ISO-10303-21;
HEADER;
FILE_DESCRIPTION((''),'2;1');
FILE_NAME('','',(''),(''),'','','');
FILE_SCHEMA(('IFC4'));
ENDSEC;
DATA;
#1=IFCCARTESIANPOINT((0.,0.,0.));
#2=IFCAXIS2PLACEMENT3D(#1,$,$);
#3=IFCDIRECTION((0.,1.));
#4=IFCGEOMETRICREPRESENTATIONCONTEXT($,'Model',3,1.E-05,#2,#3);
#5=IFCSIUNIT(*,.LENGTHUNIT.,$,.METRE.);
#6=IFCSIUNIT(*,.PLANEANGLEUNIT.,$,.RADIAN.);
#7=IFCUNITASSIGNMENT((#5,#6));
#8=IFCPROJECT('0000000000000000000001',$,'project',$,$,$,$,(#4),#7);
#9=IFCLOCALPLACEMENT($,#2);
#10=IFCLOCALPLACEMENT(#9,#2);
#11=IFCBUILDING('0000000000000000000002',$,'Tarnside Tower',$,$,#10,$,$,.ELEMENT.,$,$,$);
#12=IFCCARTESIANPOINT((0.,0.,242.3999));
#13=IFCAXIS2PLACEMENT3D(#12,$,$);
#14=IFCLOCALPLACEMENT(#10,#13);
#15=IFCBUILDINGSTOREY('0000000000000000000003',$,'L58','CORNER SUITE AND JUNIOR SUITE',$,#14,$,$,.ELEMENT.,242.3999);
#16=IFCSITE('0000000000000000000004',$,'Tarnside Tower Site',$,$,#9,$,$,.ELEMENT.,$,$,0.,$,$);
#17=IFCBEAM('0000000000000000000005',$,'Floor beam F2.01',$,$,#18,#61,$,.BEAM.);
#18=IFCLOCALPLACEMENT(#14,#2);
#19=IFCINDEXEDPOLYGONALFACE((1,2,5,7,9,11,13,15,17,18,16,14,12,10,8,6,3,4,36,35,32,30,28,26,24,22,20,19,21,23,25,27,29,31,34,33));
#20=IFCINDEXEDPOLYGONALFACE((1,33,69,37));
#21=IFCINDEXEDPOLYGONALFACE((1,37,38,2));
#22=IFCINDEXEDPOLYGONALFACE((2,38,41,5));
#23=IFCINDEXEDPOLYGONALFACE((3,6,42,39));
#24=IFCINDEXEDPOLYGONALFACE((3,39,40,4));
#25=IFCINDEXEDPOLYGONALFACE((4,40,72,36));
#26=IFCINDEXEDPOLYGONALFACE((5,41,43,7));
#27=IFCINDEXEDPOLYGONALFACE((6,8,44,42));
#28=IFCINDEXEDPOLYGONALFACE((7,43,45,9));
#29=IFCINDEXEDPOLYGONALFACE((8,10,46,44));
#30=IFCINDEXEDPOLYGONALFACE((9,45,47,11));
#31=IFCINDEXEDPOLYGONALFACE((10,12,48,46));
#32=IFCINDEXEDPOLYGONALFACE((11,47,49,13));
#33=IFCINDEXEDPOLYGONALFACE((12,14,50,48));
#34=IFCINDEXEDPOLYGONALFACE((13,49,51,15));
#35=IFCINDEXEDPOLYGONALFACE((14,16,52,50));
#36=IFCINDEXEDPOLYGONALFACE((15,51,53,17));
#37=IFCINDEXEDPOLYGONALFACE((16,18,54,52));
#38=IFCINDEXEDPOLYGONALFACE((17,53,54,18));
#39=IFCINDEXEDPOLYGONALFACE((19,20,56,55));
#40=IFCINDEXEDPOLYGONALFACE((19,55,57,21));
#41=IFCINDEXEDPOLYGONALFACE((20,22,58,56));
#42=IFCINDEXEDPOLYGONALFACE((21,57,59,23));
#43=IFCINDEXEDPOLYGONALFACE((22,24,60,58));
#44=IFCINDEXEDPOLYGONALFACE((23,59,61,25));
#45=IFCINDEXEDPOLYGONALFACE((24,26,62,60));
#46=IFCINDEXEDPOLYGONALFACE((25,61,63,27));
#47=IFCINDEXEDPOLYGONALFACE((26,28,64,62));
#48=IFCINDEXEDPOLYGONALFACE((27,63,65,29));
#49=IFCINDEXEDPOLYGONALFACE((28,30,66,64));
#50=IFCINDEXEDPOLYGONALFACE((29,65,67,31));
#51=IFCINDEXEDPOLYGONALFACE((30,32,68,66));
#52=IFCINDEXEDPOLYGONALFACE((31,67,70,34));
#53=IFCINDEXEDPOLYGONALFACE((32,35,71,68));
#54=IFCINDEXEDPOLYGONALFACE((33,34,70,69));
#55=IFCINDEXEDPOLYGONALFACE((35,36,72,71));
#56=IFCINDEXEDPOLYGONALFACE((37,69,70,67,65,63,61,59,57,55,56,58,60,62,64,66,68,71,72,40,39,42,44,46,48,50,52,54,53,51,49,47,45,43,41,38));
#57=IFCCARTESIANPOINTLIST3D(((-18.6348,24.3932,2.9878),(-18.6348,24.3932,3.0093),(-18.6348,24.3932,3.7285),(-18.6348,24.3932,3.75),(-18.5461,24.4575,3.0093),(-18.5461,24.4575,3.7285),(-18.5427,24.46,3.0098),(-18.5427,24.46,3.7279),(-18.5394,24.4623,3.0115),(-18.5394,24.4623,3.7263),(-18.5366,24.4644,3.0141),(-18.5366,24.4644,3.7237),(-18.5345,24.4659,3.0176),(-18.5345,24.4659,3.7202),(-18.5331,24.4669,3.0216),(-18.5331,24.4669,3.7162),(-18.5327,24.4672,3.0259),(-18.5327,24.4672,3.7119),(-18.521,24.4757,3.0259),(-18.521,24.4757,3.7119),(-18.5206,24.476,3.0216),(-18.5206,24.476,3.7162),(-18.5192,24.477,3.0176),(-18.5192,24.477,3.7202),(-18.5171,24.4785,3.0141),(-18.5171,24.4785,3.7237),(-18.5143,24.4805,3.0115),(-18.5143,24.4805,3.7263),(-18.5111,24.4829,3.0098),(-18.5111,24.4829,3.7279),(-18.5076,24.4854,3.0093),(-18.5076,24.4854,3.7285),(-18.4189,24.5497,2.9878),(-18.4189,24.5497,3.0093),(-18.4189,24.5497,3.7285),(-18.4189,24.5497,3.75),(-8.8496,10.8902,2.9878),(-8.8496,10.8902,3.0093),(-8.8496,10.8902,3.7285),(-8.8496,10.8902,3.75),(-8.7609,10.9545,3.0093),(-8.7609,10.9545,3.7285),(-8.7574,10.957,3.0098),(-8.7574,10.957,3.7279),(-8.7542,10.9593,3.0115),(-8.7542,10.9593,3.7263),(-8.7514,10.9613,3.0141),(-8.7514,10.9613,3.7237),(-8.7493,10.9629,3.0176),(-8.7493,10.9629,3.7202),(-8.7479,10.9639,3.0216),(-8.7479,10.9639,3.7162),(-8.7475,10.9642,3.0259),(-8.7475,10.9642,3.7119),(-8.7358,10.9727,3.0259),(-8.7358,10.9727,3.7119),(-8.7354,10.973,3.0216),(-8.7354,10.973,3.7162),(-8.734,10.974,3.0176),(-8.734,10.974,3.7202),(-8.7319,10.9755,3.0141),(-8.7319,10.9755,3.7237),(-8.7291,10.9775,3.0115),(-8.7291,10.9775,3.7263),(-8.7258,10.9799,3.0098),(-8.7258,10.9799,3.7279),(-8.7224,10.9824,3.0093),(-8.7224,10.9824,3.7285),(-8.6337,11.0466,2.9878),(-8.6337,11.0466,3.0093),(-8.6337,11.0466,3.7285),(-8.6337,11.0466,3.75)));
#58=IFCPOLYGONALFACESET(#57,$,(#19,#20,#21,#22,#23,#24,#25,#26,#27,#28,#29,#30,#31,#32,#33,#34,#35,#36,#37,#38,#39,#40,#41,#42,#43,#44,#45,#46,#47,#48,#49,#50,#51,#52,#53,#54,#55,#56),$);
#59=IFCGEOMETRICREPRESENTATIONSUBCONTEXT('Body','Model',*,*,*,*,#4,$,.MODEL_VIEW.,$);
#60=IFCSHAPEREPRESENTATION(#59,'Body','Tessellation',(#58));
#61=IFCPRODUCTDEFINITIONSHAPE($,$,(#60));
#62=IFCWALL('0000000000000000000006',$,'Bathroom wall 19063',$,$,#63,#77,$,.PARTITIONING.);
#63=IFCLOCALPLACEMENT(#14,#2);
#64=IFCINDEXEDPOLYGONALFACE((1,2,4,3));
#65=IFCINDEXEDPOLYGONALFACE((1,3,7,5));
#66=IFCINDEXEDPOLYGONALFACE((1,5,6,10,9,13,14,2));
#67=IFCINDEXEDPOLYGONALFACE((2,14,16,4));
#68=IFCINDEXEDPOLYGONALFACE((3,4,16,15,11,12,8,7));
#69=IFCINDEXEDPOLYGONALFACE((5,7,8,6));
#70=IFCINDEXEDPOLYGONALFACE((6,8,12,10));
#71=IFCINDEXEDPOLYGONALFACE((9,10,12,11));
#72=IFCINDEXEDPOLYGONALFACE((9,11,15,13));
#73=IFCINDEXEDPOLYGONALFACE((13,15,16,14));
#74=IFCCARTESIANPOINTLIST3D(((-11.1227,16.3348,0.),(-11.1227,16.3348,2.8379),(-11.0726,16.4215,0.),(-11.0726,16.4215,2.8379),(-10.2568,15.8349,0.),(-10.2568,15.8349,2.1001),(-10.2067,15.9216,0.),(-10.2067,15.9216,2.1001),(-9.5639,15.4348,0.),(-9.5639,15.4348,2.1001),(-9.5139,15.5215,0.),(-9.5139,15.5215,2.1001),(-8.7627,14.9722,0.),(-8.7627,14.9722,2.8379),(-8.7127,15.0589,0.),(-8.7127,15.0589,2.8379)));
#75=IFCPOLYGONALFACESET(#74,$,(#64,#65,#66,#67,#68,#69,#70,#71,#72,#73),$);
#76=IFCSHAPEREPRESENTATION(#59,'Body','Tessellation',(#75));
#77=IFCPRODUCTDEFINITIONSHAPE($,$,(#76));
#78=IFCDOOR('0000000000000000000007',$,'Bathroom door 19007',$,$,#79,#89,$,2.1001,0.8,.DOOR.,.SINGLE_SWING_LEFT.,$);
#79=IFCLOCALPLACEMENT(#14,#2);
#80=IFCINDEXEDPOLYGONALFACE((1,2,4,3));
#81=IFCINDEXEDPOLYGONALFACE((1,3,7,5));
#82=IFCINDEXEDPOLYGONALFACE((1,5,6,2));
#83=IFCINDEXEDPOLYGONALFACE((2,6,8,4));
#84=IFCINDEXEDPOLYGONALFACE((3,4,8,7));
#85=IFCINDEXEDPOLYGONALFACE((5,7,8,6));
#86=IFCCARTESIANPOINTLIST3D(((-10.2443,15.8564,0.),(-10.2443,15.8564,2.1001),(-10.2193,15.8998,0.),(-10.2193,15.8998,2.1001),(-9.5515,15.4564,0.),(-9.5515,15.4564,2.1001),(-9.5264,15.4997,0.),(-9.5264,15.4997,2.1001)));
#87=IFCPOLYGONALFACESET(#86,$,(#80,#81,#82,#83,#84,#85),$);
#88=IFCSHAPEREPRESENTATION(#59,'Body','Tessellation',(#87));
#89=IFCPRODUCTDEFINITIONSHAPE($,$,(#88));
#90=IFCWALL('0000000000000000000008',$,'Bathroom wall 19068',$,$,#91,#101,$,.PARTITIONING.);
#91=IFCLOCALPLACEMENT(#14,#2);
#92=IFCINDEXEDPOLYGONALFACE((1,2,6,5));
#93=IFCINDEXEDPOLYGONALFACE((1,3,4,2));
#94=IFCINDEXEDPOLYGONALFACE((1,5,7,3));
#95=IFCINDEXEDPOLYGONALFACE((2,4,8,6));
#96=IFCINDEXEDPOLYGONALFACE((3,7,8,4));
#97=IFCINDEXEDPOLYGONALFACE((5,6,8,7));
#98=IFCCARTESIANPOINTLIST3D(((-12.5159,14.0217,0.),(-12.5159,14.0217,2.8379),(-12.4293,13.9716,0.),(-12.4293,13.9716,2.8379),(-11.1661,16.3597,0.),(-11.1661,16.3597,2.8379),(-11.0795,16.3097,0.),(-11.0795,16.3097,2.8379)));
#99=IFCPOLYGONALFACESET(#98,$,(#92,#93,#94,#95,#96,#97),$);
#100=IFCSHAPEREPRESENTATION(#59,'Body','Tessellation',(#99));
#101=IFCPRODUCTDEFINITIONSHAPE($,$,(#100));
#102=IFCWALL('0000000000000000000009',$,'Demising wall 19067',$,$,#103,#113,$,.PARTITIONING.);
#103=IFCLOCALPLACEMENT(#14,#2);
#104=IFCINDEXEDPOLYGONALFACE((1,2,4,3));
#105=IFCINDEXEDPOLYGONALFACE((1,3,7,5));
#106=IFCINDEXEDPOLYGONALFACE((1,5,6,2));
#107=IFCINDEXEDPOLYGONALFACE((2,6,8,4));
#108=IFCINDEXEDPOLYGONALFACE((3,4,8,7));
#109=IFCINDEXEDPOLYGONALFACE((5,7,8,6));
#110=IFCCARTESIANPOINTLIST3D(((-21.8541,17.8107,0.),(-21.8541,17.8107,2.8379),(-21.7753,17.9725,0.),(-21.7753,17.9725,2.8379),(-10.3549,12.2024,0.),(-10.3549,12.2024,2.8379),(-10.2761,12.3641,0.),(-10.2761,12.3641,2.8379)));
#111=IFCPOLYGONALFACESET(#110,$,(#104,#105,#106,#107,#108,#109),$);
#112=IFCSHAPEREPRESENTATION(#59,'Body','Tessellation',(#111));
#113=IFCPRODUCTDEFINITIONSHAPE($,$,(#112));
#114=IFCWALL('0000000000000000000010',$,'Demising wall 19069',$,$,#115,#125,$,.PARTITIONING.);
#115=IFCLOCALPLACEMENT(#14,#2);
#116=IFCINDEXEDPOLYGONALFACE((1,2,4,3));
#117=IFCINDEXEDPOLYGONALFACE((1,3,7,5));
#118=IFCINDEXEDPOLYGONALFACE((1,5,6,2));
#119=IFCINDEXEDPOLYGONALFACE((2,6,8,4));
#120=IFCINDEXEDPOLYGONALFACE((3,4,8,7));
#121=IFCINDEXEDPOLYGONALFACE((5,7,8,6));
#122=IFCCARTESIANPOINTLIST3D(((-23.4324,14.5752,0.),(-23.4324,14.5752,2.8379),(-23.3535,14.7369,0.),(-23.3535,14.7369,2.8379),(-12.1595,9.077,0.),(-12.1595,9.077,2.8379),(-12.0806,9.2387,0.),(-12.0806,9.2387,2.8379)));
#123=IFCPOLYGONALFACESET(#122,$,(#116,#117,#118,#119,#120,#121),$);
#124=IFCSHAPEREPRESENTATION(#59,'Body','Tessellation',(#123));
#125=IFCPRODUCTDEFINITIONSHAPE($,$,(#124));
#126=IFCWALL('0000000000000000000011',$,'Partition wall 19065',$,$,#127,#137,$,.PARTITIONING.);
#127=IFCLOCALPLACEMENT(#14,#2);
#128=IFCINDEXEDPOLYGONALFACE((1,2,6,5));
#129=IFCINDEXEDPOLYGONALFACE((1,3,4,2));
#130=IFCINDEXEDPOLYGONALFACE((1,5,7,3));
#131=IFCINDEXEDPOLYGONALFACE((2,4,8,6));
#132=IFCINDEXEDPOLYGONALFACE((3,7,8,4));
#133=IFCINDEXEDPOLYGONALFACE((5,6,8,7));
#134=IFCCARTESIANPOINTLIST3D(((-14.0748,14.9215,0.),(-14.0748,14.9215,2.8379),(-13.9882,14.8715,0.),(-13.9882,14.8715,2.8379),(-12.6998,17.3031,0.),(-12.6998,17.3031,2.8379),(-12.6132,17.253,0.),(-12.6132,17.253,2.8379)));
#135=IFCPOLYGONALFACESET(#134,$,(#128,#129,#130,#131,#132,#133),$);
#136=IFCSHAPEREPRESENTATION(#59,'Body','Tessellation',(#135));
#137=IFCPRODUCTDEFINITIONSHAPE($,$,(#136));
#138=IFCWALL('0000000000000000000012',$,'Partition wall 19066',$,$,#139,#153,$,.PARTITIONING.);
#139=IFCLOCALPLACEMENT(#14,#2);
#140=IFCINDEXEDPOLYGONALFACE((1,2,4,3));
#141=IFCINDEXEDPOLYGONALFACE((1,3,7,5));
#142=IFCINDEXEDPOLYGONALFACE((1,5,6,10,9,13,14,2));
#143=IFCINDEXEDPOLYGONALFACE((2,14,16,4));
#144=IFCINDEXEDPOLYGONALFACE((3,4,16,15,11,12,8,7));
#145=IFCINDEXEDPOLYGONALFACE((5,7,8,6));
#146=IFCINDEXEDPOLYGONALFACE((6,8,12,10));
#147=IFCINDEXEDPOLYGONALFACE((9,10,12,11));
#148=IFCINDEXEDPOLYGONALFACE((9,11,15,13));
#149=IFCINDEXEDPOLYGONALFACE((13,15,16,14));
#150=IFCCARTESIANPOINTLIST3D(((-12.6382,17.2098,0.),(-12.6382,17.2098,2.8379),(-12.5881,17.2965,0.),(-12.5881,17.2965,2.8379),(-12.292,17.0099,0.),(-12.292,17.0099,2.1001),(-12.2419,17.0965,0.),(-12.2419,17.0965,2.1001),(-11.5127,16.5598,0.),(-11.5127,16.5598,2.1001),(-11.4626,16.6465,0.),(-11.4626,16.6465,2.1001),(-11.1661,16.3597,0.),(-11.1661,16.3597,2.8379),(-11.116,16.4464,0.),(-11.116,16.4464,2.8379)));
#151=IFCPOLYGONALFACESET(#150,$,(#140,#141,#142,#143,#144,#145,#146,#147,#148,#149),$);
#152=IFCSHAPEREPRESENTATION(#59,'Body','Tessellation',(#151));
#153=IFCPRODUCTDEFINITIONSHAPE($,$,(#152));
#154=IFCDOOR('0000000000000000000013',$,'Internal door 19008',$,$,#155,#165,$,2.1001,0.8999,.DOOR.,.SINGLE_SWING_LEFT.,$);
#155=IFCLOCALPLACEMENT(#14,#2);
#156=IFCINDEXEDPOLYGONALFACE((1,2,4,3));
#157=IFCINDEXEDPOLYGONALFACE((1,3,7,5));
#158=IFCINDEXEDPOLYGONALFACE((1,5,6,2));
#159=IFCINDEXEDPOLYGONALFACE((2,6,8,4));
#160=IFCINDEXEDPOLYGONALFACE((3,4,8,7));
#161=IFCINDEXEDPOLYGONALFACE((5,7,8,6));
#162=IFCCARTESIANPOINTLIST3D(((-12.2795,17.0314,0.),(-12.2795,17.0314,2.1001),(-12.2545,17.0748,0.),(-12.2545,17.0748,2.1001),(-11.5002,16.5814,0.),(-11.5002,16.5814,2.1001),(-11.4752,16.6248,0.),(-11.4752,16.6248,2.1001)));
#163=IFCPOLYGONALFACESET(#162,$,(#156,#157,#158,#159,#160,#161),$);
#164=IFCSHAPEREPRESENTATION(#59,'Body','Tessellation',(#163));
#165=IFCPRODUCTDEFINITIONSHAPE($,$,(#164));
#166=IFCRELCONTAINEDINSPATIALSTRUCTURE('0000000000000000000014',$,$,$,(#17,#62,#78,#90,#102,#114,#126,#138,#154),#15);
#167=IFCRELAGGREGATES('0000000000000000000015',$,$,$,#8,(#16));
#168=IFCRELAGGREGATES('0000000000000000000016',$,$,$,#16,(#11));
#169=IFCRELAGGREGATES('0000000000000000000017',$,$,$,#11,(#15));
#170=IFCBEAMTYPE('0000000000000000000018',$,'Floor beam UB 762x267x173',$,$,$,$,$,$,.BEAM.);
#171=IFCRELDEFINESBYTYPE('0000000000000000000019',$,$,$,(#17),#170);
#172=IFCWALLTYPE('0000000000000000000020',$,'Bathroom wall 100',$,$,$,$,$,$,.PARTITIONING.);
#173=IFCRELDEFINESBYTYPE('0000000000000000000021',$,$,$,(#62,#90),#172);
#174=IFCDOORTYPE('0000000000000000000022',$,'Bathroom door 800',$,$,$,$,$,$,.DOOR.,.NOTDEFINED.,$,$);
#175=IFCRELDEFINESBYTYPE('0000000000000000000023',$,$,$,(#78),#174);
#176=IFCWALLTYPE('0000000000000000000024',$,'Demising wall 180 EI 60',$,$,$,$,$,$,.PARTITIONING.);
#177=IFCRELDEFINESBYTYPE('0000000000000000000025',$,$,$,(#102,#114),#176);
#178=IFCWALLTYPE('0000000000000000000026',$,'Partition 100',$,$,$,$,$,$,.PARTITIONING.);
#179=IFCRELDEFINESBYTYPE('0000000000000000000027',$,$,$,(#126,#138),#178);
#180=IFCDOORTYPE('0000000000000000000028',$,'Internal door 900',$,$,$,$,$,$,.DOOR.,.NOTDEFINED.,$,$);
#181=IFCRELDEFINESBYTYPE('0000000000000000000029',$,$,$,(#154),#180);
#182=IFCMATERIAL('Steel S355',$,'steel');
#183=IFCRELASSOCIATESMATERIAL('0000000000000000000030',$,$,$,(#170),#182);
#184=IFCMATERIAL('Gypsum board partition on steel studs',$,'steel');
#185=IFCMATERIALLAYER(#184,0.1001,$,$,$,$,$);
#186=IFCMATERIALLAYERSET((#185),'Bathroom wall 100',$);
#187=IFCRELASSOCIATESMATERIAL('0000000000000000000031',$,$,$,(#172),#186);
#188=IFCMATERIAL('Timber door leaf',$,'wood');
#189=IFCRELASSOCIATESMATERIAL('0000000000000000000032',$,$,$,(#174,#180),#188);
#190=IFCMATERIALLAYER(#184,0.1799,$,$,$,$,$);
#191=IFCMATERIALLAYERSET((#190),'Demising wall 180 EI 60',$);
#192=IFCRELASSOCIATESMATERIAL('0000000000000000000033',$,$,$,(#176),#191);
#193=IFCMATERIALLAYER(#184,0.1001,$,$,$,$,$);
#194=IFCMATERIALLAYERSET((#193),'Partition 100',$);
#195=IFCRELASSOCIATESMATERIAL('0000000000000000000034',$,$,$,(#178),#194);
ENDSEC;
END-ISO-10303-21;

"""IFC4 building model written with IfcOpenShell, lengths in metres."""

from ifc_helpers import new_model, si_unit, direction, frame, frame_2d, origin, origin_2d, place, context, subcontext, project, spatial, rectangle, i_section, extrude, material, layer, layer_set, material_profile, profile_set, type_object, element, fill, save


model = new_model("IFC4")

# Units and contexts
model_context = context("Model", 3, precision=1e-05, world=origin(), true_north=direction((0.0, 1.0)))
body_context = subcontext(model_context, "Body", "Model", "MODEL_VIEW")
ifc_project = project(units=[si_unit("LENGTHUNIT", "METRE"), si_unit("PLANEANGLEUNIT", "RADIAN")], contexts=[model_context])

# Site, building, storey
site_placement = place(None, origin())
site = spatial("IfcSite", under=ifc_project, at=site_placement, Name="Tarnside Tower Site", CompositionType="ELEMENT", RefElevation=0.0)
building_placement = place(site_placement, origin())
building = spatial("IfcBuilding", under=site, at=building_placement, Name="Tarnside Tower", CompositionType="ELEMENT")
storey_placement = place(building_placement, frame((0.0, 0.0, 242.3999)))
storey = spatial("IfcBuildingStorey", under=building, at=storey_placement, Name="L58", Description="CORNER SUITE AND JUNIOR SUITE", CompositionType="ELEMENT", Elevation=242.3999)

# Beam
ifc_material_1 = material(Name="Steel S355", Category="steel")
ifc_material_profile_1 = material_profile(ifc_material_1, i_section(OverallWidth=0.2666, OverallDepth=0.7622, WebThickness=0.0144, FlangeThickness=0.0215, FilletRadius=0.0166, at=origin_2d()), Name="UB 762x267x173")
ifc_profile_set_1 = profile_set([ifc_material_profile_1], Name="Steel S355")
beam_type_1 = type_object("IfcBeamType", Name="Floor beam UB 762x267x173", PredefinedType="BEAM", material=ifc_profile_set_1)
beam_1_placement = place(storey_placement, frame((-18.5269, 24.4714, 3.3689), z_axis=(0.586792, -0.809738, 0.0), x_axis=(0.809738, 0.586792, 0.0)))
element("IfcBeam", 1, at=beam_1_placement, inside=storey, type_object=beam_type_1, Name="Floor beam F2.01", PredefinedType="BEAM", context=body_context, shape_type="SweptSolid", body=[
    extrude(i_section(OverallWidth=0.2666, OverallDepth=0.7622, WebThickness=0.0144, FlangeThickness=0.0215, FilletRadius=0.0166, at=origin_2d()), origin(), (0.0, 0.0, 1.0), 16.6758),
])

# Wall, opening, door
ifc_material_2 = material(Name="Gypsum board partition on steel studs", Category="steel")
ifc_layer_1 = layer(ifc_material_2, 0.1001)
ifc_layer_set_1 = layer_set([ifc_layer_1], Name="Bathroom wall 100")
wall_type_1 = type_object("IfcWallType", Name="Bathroom wall 100", PredefinedType="PARTITIONING", material=ifc_layer_set_1)
wall_1_placement = place(storey_placement, frame((-11.0977, 16.3782, 0.0), z_axis=(0.0, 0.0, 1.0), x_axis=(0.866013, -0.500022, 0.0)))
wall_1 = element("IfcWall", 2, at=wall_1_placement, inside=storey, type_object=wall_type_1, Name="Bathroom wall 19063", PredefinedType="PARTITIONING", context=body_context, shape_type="SweptSolid", body=[
    extrude(rectangle(XDim=2.7251, YDim=0.1001, at=frame_2d((1.3625, 0.0))), origin(), (0.0, 0.0, 1.0), 2.8379),
])
opening_1_placement = place(wall_1_placement, frame((1.0, 0.0, 0.0)))
opening_1 = element("IfcOpeningElement", 3, at=opening_1_placement, cuts=wall_1, PredefinedType="OPENING", context=body_context, shape_type="SweptSolid", body=[
    extrude(rectangle(XDim=0.8, YDim=2.1001, at=frame_2d((0.3999, 1.05))), frame((0.0, 0.0601, 0.0), z_axis=(0.0, -1.0, 0.0), x_axis=(1.0, 0.0, 0.0)), (0.0, 0.0, 1.0), 0.1201),
])
ifc_material_3 = material(Name="Timber door leaf", Category="wood")
door_type_1 = type_object("IfcDoorType", Name="Bathroom door 800", OperationType="NOTDEFINED", PredefinedType="DOOR", material=ifc_material_3)
door_1_placement = place(opening_1_placement, origin())
door_1 = element("IfcDoor", 4, at=door_1_placement, inside=storey, type_object=door_type_1, Name="Bathroom door 19007", OperationType="SINGLE_SWING_LEFT", OverallHeight=2.1001, OverallWidth=0.8, PredefinedType="DOOR", context=body_context, shape_type="SweptSolid", body=[
    extrude(rectangle(XDim=0.8, YDim=2.1001, at=frame_2d((0.3999, 1.05))), frame((0.0, 0.0249, 0.0), z_axis=(0.0, -1.0, 0.0), x_axis=(1.0, 0.0, 0.0)), (0.0, 0.0, 1.0), 0.05),
])
fill(opening_1, door_1)

# Walls
wall_2_placement = place(storey_placement, frame((-11.1228, 16.3347, 0.0), z_axis=(0.0, 0.0, 1.0), x_axis=(-0.499981, -0.866037, 0.0)))
element("IfcWall", 5, at=wall_2_placement, inside=storey, type_object=wall_type_1, Name="Bathroom wall 19068", PredefinedType="PARTITIONING", context=body_context, shape_type="SweptSolid", body=[
    extrude(rectangle(XDim=2.6997, YDim=0.1001, at=frame_2d((1.3499, 0.0))), origin(), (0.0, 0.0, 1.0), 2.8379),
])
ifc_layer_2 = layer(ifc_material_2, 0.1799)
ifc_layer_set_2 = layer_set([ifc_layer_2], Name="Demising wall 180 EI 60")
wall_type_2 = type_object("IfcWallType", Name="Demising wall 180 EI 60", PredefinedType="PARTITIONING", material=ifc_layer_set_2)
wall_3_placement = place(storey_placement, frame((-21.8147, 17.8916, 0.0), z_axis=(0.0, 0.0, 1.0), x_axis=(0.898799, -0.43836, 0.0)))
element("IfcWall", 6, at=wall_3_placement, inside=storey, type_object=wall_type_2, Name="Demising wall 19067", PredefinedType="PARTITIONING", context=body_context, shape_type="SweptSolid", body=[
    extrude(rectangle(XDim=12.7939, YDim=0.1799, at=frame_2d((6.397, 0.0))), origin(), (0.0, 0.0, 1.0), 2.8379),
])
wall_4_placement = place(storey_placement, frame((-23.3928, 14.656, 0.0), z_axis=(0.0, 0.0, 1.0), x_axis=(0.898791, -0.438378, 0.0)))
element("IfcWall", 7, at=wall_4_placement, inside=storey, type_object=wall_type_2, Name="Demising wall 19069", PredefinedType="PARTITIONING", context=body_context, shape_type="SweptSolid", body=[
    extrude(rectangle(XDim=12.5422, YDim=0.1799, at=frame_2d((6.271, 0.0))), origin(), (0.0, 0.0, 1.0), 2.8379),
])
ifc_layer_3 = layer(ifc_material_2, 0.1001)
ifc_layer_set_3 = layer_set([ifc_layer_3], Name="Partition 100")
wall_type_3 = type_object("IfcWallType", Name="Partition 100", PredefinedType="PARTITIONING", material=ifc_layer_set_3)
wall_5_placement = place(storey_placement, frame((-14.0315, 14.8965, 0.0), z_axis=(0.0, 0.0, 1.0), x_axis=(0.499997, 0.866027, 0.0)))
element("IfcWall", 8, at=wall_5_placement, inside=storey, type_object=wall_type_3, Name="Partition wall 19065", PredefinedType="PARTITIONING", context=body_context, shape_type="SweptSolid", body=[
    extrude(rectangle(XDim=2.75, YDim=0.1001, at=frame_2d((1.375, 0.0))), origin(), (0.0, 0.0, 1.0), 2.8379),
])

# Wall, opening, door
wall_6_placement = place(storey_placement, frame((-12.6133, 17.2532, 0.0), z_axis=(0.0, 0.0, 1.0), x_axis=(0.865989, -0.500062, 0.0)))
wall_6 = element("IfcWall", 9, at=wall_6_placement, inside=storey, type_object=wall_type_3, Name="Partition wall 19066", PredefinedType="PARTITIONING", context=body_context, shape_type="SweptSolid", body=[
    extrude(rectangle(XDim=1.7, YDim=0.1001, at=frame_2d((0.8501, 0.0))), origin(), (0.0, 0.0, 1.0), 2.8379),
])
opening_2_placement = place(wall_6_placement, frame((0.3999, 0.0, 0.0)))
opening_2 = element("IfcOpeningElement", 10, at=opening_2_placement, cuts=wall_6, PredefinedType="OPENING", context=body_context, shape_type="SweptSolid", body=[
    extrude(rectangle(XDim=0.8999, YDim=2.1001, at=frame_2d((0.45, 1.05))), frame((0.0, 0.0601, 0.0), z_axis=(0.0, -1.0, 0.0), x_axis=(1.0, 0.0, 0.0)), (0.0, 0.0, 1.0), 0.1201),
])
door_type_2 = type_object("IfcDoorType", Name="Internal door 900", OperationType="NOTDEFINED", PredefinedType="DOOR", material=ifc_material_3)
door_2_placement = place(opening_2_placement, origin())
door_2 = element("IfcDoor", 11, at=door_2_placement, inside=storey, type_object=door_type_2, Name="Internal door 19008", OperationType="SINGLE_SWING_LEFT", OverallHeight=2.1001, OverallWidth=0.8999, PredefinedType="DOOR", context=body_context, shape_type="SweptSolid", body=[
    extrude(rectangle(XDim=0.8999, YDim=2.1001, at=frame_2d((0.45, 1.05))), frame((0.0, 0.0249, 0.0), z_axis=(0.0, -1.0, 0.0), x_axis=(1.0, 0.0, 0.0)), (0.0, 0.0, 1.0), 0.05),
])
fill(opening_2, door_2)

save(model, "model.ifc")
